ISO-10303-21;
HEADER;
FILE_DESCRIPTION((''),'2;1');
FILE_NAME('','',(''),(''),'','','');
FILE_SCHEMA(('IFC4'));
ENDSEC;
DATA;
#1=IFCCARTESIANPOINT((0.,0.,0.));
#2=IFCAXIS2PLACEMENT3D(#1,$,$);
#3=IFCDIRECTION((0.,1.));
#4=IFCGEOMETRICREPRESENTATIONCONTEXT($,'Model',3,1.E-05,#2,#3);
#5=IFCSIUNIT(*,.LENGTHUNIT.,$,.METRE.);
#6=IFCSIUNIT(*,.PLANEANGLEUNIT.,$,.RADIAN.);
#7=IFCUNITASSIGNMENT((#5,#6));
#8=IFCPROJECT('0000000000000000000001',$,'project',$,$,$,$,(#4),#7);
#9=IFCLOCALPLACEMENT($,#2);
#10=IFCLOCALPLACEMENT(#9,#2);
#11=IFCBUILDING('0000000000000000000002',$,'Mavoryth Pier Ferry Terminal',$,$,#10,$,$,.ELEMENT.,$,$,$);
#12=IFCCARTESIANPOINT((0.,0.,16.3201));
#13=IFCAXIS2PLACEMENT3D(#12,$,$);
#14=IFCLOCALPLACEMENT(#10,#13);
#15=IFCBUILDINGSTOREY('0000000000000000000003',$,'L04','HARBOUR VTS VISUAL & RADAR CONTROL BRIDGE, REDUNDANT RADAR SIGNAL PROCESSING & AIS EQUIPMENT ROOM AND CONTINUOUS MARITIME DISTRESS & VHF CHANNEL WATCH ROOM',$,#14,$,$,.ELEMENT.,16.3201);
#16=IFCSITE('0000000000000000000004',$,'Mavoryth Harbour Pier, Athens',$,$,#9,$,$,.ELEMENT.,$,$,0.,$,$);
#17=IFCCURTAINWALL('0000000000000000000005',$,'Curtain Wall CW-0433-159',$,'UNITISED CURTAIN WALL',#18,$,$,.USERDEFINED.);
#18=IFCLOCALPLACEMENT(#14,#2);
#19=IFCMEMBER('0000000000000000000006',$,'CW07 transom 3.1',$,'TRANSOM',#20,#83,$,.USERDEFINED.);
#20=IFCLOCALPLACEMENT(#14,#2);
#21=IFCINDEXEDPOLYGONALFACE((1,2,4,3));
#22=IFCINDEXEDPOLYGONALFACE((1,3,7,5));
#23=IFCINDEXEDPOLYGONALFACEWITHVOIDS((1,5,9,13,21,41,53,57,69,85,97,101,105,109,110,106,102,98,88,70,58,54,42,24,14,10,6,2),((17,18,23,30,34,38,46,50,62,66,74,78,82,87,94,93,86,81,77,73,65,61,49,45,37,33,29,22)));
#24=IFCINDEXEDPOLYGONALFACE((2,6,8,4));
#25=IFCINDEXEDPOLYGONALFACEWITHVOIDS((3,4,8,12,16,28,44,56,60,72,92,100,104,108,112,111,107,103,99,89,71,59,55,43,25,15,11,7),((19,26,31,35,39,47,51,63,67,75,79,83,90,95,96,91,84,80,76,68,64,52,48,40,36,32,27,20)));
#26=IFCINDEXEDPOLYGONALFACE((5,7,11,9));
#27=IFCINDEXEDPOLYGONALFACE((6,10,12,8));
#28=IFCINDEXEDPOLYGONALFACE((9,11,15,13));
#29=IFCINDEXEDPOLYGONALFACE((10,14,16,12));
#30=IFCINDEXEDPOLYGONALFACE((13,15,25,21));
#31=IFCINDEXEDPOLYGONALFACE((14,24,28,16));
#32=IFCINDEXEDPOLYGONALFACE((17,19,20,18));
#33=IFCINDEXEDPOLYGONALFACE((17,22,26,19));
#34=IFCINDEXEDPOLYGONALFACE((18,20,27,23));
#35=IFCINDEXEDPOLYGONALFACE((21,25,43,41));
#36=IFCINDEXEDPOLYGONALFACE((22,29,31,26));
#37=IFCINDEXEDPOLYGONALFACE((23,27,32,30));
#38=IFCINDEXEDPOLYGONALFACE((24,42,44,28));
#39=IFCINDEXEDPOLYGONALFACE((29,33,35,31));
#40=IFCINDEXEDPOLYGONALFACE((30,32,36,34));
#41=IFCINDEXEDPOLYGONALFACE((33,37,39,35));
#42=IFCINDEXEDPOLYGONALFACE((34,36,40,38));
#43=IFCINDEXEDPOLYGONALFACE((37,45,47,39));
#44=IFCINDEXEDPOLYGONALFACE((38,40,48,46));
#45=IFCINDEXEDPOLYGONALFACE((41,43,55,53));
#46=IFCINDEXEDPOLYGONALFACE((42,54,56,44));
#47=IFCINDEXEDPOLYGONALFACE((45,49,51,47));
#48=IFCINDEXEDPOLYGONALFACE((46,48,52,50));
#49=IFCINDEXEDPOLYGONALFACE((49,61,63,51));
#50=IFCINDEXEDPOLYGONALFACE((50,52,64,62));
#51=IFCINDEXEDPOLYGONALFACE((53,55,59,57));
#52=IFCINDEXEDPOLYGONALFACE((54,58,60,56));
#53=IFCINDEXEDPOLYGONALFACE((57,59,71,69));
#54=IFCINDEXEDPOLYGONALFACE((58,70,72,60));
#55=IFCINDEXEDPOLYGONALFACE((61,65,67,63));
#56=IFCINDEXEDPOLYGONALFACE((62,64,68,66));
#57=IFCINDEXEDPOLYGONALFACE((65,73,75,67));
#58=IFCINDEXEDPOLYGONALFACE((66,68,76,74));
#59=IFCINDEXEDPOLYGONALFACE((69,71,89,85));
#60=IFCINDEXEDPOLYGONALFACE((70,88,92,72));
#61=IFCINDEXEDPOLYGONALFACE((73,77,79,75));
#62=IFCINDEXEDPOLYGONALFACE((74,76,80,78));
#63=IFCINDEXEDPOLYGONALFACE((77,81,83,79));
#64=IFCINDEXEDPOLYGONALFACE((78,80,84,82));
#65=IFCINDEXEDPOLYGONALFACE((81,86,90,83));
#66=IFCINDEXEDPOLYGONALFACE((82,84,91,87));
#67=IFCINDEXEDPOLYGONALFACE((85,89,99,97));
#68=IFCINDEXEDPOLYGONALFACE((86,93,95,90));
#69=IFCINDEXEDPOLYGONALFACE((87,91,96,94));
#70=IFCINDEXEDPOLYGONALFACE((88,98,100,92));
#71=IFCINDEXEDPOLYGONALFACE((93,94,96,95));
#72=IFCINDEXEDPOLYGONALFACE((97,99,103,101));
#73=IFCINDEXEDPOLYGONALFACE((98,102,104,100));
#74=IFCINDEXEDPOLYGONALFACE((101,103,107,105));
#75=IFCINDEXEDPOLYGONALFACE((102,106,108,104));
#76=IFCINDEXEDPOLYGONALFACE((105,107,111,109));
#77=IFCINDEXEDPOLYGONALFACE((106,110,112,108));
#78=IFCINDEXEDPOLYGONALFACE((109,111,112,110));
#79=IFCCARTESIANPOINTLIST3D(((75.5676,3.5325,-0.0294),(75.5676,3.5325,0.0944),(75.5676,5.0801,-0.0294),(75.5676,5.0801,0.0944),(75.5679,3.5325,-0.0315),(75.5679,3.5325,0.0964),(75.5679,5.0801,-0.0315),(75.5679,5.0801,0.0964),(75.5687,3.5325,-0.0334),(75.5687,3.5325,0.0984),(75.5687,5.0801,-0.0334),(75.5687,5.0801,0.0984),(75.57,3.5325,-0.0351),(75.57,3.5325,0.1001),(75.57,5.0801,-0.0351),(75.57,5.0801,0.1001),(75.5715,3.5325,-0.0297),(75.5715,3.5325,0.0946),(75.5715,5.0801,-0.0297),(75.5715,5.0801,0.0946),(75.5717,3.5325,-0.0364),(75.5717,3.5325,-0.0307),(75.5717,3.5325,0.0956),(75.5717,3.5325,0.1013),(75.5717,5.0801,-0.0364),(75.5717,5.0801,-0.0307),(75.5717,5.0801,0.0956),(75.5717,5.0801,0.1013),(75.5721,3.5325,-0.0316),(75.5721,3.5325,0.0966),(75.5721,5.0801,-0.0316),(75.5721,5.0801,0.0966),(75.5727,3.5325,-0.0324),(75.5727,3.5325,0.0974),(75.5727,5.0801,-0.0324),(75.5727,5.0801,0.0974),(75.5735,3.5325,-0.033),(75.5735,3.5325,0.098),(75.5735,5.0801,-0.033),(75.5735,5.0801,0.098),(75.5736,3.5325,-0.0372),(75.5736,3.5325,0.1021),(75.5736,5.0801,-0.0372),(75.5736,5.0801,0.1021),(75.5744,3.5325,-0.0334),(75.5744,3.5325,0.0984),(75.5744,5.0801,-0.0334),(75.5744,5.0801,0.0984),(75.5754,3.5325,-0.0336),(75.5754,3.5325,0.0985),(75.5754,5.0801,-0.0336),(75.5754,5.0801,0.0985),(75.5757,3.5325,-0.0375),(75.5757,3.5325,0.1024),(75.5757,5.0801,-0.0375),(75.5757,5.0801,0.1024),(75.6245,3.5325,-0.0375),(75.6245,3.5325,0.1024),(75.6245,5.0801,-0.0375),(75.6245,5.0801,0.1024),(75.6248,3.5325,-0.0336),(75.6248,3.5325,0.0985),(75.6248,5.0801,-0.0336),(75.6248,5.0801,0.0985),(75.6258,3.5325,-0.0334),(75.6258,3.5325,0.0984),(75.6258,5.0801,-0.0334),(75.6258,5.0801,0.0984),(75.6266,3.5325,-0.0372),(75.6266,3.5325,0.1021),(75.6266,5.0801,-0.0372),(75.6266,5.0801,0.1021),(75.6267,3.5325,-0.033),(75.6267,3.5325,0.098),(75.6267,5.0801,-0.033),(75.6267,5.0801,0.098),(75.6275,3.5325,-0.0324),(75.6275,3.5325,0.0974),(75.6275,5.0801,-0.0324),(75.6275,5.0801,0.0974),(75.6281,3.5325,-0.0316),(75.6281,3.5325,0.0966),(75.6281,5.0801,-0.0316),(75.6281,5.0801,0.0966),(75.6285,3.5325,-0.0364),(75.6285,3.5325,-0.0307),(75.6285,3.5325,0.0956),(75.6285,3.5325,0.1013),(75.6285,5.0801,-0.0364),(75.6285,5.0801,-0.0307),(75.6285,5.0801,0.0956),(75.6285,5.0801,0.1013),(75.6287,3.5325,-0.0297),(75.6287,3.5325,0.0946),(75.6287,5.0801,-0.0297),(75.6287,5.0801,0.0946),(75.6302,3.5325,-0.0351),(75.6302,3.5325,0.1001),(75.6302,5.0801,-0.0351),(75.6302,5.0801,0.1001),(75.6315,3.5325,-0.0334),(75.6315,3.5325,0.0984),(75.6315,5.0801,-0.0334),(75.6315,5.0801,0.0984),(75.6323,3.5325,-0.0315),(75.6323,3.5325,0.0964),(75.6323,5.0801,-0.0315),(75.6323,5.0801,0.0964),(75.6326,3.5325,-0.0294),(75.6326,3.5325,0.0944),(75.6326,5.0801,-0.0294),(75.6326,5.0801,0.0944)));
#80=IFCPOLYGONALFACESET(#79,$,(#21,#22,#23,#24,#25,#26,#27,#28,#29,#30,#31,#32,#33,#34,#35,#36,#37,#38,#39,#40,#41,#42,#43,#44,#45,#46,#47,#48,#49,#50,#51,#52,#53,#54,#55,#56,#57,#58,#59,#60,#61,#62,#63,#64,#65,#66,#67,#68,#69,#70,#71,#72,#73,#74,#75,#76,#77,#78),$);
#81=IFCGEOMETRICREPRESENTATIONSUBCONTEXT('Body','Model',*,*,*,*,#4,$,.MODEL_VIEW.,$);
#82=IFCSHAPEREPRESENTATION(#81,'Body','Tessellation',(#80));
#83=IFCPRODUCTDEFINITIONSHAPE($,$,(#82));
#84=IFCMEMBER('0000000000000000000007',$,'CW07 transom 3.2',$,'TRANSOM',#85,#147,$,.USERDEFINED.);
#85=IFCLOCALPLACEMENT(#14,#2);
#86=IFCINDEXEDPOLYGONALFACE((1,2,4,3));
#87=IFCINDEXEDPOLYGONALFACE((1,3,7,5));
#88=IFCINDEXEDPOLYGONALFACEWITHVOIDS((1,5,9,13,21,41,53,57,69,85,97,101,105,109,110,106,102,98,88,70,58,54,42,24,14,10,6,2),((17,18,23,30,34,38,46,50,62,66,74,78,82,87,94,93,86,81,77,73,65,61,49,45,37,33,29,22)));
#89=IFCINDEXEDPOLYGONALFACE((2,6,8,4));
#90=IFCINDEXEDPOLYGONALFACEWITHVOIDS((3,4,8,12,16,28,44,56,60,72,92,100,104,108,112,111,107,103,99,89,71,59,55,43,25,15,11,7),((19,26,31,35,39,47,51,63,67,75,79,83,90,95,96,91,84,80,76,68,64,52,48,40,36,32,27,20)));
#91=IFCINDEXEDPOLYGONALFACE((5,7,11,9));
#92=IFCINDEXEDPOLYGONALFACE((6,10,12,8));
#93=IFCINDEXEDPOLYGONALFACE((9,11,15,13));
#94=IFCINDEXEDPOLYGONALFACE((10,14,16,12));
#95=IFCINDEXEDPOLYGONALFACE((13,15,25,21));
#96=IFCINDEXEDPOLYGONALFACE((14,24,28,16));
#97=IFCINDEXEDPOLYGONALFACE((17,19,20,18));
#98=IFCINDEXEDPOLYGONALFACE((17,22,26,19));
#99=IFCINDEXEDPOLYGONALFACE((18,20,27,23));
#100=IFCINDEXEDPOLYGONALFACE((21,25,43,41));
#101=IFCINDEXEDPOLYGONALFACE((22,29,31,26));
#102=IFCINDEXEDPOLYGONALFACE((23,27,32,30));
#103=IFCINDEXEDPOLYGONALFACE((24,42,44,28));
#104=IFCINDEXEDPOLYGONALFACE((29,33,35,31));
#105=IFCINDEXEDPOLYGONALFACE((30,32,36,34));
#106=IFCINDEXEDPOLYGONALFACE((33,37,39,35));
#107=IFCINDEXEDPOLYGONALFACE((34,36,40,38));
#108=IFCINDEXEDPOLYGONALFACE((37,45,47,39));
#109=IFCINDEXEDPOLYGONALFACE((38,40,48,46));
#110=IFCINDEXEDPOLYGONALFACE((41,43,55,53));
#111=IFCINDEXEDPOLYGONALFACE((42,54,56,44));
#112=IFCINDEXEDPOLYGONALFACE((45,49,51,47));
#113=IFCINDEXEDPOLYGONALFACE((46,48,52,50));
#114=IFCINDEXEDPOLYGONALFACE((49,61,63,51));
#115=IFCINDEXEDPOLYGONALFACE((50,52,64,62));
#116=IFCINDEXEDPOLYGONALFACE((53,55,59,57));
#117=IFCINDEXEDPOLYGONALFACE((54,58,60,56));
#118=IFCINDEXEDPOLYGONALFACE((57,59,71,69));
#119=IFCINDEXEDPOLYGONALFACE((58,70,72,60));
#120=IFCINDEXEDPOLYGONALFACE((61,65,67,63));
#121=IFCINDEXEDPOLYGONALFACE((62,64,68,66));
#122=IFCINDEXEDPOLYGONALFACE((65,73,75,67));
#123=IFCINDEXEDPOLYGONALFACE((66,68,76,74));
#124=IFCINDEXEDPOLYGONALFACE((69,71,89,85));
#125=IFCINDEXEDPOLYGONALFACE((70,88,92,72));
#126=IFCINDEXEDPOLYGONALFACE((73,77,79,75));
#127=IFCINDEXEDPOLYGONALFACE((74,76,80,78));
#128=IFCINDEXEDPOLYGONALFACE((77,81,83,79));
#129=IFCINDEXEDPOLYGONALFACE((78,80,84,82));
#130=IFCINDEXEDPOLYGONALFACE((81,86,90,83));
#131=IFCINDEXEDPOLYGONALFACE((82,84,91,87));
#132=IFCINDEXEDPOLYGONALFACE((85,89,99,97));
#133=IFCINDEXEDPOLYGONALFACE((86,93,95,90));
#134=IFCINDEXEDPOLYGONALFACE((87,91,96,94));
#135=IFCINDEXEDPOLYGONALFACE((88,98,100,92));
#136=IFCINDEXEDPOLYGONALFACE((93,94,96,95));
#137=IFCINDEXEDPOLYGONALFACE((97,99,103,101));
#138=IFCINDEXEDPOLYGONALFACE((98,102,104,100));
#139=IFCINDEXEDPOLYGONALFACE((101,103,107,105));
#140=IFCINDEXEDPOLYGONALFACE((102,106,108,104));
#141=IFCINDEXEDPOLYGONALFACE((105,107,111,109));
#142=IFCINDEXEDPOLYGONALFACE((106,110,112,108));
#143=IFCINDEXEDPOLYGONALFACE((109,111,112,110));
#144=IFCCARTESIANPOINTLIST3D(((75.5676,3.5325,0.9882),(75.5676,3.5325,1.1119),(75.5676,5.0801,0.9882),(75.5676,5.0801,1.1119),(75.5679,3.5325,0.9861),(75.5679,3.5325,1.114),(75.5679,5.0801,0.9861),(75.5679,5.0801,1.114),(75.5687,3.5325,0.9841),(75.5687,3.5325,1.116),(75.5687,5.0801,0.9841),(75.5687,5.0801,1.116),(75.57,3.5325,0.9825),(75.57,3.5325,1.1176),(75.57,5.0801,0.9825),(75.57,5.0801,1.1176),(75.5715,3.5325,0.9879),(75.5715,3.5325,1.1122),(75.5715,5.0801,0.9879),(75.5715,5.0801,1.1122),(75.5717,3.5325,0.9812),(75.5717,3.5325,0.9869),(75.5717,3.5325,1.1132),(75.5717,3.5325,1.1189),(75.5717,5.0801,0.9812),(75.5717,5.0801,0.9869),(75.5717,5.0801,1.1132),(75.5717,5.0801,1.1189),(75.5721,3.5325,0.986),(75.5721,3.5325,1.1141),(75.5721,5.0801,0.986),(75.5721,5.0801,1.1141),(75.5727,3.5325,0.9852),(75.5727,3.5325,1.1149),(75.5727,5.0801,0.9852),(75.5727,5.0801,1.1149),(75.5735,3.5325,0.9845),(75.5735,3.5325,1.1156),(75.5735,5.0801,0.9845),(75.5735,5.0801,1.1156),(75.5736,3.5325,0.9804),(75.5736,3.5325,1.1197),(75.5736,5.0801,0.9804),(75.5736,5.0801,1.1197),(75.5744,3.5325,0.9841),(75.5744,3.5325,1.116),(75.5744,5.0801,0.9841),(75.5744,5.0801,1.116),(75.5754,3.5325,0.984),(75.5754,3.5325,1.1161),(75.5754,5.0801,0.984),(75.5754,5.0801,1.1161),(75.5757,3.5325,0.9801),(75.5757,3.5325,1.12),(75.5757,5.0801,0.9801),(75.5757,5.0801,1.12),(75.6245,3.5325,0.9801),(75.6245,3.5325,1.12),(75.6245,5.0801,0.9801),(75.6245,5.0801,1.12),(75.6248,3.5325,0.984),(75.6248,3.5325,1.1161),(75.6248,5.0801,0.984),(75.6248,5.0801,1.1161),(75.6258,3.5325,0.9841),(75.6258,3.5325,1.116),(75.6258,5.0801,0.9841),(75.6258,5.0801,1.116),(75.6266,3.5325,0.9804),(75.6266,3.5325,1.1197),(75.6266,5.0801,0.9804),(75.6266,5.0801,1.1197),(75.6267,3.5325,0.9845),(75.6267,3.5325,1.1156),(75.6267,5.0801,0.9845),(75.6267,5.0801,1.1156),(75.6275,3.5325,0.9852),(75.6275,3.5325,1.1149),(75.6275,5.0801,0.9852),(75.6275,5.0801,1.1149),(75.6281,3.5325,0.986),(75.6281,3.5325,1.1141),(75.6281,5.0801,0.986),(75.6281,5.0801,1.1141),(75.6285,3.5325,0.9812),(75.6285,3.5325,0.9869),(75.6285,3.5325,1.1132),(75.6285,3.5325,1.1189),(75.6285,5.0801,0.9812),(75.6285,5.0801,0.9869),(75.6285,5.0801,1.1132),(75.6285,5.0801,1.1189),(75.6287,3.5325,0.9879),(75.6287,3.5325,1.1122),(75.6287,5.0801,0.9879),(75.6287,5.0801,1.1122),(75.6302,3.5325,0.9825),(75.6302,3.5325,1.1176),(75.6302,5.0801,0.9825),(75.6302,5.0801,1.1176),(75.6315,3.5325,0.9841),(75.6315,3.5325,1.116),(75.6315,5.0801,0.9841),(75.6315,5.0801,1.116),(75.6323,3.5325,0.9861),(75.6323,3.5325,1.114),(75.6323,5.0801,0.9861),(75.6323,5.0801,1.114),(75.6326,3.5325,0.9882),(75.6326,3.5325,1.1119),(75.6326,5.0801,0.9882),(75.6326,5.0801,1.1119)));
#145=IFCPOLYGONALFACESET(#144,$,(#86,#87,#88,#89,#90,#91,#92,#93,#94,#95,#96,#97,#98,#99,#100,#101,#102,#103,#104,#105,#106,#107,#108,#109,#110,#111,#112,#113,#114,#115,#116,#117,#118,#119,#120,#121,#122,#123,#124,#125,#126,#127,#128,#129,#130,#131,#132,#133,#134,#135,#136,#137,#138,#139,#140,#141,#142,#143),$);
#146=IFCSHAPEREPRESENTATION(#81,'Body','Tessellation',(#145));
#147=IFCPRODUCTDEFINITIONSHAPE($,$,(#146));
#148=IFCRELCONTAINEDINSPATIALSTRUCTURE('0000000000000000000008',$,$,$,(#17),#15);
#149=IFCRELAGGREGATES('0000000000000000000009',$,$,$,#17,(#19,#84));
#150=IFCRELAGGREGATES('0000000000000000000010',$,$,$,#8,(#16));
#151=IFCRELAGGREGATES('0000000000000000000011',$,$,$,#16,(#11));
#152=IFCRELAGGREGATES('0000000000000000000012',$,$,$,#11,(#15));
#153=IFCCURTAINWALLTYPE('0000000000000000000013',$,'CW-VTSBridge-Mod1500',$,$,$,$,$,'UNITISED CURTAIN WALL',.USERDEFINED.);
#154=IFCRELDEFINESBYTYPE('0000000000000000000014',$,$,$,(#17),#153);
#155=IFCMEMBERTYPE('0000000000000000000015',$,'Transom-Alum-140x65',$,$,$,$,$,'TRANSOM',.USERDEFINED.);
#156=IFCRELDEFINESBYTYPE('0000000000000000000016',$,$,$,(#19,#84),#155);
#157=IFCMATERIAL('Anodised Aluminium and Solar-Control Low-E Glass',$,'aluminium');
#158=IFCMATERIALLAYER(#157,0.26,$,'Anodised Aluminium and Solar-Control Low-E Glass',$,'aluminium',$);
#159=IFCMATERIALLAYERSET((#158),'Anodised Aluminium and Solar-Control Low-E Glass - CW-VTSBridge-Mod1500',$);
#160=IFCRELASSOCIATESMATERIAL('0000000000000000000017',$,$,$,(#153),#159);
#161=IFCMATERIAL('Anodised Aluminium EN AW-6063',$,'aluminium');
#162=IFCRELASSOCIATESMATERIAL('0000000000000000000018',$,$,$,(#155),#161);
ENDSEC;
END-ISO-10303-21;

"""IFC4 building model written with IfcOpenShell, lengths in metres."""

from ifc_helpers import new_model, si_unit, direction, frame, origin, origin_2d, place, context, subcontext, project, spatial, hollow_rectangle, extrude, material, layer, layer_set, material_profile, profile_set, type_object, element, aggregate, save


model = new_model("IFC4")

# Units and contexts
model_context = context("Model", 3, precision=1e-05, world=origin(), true_north=direction((0.0, 1.0)))
body_context = subcontext(model_context, "Body", "Model", "MODEL_VIEW")
ifc_project = project(units=[si_unit("LENGTHUNIT", "METRE"), si_unit("PLANEANGLEUNIT", "RADIAN")], contexts=[model_context])

# Site, building, storey
site_placement = place(None, origin())
site = spatial("IfcSite", under=ifc_project, at=site_placement, Name="Mavoryth Harbour Pier, Athens", CompositionType="ELEMENT", RefElevation=0.0)
building_placement = place(site_placement, origin())
building = spatial("IfcBuilding", under=site, at=building_placement, Name="Mavoryth Pier Ferry Terminal", CompositionType="ELEMENT")
storey_placement = place(building_placement, frame((0.0, 0.0, 16.3201)))
storey = spatial("IfcBuildingStorey", under=building, at=storey_placement, Name="L04", Description="HARBOUR VTS VISUAL & RADAR CONTROL BRIDGE, REDUNDANT RADAR SIGNAL PROCESSING & AIS EQUIPMENT ROOM AND CONTINUOUS MARITIME DISTRESS & VHF CHANNEL WATCH ROOM", CompositionType="ELEMENT", Elevation=16.3201)

# Curtain wall
ifc_material_1 = material(Name="Anodised Aluminium and Solar-Control Low-E Glass", Category="aluminium")
ifc_layer_1 = layer(ifc_material_1, 0.26, Name="Anodised Aluminium and Solar-Control Low-E Glass", Category="aluminium")
ifc_layer_set_1 = layer_set([ifc_layer_1], Name="Anodised Aluminium and Solar-Control Low-E Glass - CW-VTSBridge-Mod1500")
curtain_wall_type = type_object("IfcCurtainWallType", Name="CW-VTSBridge-Mod1500", ElementType="UNITISED CURTAIN WALL", PredefinedType="USERDEFINED", material=ifc_layer_set_1)
curtain_wall_1_placement = place(storey_placement, origin())
curtain_wall_1 = element("IfcCurtainWall", 1, at=curtain_wall_1_placement, inside=storey, type_object=curtain_wall_type, Name="Curtain Wall CW-0433-159", ObjectType="UNITISED CURTAIN WALL", PredefinedType="USERDEFINED")
ifc_material_2 = material(Name="Anodised Aluminium EN AW-6063", Category="aluminium")

# Members
ifc_material_profile_1 = material_profile(ifc_material_2, hollow_rectangle(XDim=0.0649, YDim=0.1399, WallThickness=0.0039, InnerFilletRadius=0.0039, OuterFilletRadius=0.0081, at=origin_2d()), Name="AL-TRAN 140x65x4", Category="aluminium")
ifc_profile_set_1 = profile_set([ifc_material_profile_1], Name="Anodised Aluminium EN AW-6063 - AL-TRAN 140x65x4")
member_type_1 = type_object("IfcMemberType", Name="Transom-Alum-140x65", ElementType="TRANSOM", PredefinedType="USERDEFINED", material=ifc_profile_set_1)
member_1_placement = place(storey_placement, frame((75.6001, 3.5325, 0.0325), z_axis=(0.0, 1.0, 0.0), x_axis=(-1.0, 0.0, 0.0)))
member_1 = element("IfcMember", 2, at=member_1_placement, type_object=member_type_1, Name="CW07 transom 3.1", ObjectType="TRANSOM", PredefinedType="USERDEFINED", context=body_context, shape_type="SweptSolid", body=[
    extrude(hollow_rectangle(XDim=0.0649, YDim=0.1399, WallThickness=0.0039, InnerFilletRadius=0.0039, OuterFilletRadius=0.0081, at=origin_2d()), origin(), (0.0, 0.0, 1.0), 1.5476),
])
member_2_placement = place(storey_placement, frame((75.6001, 3.5325, 1.05), z_axis=(0.0, 1.0, 0.0), x_axis=(-1.0, 0.0, 0.0)))
member_2 = element("IfcMember", 3, at=member_2_placement, type_object=member_type_1, Name="CW07 transom 3.2", ObjectType="TRANSOM", PredefinedType="USERDEFINED", context=body_context, shape_type="SweptSolid", body=[
    extrude(hollow_rectangle(XDim=0.0649, YDim=0.1399, WallThickness=0.0039, InnerFilletRadius=0.0039, OuterFilletRadius=0.0081, at=origin_2d()), origin(), (0.0, 0.0, 1.0), 1.5476),
])

aggregate(curtain_wall_1, [member_1, member_2])

save(model, "model.ifc")
